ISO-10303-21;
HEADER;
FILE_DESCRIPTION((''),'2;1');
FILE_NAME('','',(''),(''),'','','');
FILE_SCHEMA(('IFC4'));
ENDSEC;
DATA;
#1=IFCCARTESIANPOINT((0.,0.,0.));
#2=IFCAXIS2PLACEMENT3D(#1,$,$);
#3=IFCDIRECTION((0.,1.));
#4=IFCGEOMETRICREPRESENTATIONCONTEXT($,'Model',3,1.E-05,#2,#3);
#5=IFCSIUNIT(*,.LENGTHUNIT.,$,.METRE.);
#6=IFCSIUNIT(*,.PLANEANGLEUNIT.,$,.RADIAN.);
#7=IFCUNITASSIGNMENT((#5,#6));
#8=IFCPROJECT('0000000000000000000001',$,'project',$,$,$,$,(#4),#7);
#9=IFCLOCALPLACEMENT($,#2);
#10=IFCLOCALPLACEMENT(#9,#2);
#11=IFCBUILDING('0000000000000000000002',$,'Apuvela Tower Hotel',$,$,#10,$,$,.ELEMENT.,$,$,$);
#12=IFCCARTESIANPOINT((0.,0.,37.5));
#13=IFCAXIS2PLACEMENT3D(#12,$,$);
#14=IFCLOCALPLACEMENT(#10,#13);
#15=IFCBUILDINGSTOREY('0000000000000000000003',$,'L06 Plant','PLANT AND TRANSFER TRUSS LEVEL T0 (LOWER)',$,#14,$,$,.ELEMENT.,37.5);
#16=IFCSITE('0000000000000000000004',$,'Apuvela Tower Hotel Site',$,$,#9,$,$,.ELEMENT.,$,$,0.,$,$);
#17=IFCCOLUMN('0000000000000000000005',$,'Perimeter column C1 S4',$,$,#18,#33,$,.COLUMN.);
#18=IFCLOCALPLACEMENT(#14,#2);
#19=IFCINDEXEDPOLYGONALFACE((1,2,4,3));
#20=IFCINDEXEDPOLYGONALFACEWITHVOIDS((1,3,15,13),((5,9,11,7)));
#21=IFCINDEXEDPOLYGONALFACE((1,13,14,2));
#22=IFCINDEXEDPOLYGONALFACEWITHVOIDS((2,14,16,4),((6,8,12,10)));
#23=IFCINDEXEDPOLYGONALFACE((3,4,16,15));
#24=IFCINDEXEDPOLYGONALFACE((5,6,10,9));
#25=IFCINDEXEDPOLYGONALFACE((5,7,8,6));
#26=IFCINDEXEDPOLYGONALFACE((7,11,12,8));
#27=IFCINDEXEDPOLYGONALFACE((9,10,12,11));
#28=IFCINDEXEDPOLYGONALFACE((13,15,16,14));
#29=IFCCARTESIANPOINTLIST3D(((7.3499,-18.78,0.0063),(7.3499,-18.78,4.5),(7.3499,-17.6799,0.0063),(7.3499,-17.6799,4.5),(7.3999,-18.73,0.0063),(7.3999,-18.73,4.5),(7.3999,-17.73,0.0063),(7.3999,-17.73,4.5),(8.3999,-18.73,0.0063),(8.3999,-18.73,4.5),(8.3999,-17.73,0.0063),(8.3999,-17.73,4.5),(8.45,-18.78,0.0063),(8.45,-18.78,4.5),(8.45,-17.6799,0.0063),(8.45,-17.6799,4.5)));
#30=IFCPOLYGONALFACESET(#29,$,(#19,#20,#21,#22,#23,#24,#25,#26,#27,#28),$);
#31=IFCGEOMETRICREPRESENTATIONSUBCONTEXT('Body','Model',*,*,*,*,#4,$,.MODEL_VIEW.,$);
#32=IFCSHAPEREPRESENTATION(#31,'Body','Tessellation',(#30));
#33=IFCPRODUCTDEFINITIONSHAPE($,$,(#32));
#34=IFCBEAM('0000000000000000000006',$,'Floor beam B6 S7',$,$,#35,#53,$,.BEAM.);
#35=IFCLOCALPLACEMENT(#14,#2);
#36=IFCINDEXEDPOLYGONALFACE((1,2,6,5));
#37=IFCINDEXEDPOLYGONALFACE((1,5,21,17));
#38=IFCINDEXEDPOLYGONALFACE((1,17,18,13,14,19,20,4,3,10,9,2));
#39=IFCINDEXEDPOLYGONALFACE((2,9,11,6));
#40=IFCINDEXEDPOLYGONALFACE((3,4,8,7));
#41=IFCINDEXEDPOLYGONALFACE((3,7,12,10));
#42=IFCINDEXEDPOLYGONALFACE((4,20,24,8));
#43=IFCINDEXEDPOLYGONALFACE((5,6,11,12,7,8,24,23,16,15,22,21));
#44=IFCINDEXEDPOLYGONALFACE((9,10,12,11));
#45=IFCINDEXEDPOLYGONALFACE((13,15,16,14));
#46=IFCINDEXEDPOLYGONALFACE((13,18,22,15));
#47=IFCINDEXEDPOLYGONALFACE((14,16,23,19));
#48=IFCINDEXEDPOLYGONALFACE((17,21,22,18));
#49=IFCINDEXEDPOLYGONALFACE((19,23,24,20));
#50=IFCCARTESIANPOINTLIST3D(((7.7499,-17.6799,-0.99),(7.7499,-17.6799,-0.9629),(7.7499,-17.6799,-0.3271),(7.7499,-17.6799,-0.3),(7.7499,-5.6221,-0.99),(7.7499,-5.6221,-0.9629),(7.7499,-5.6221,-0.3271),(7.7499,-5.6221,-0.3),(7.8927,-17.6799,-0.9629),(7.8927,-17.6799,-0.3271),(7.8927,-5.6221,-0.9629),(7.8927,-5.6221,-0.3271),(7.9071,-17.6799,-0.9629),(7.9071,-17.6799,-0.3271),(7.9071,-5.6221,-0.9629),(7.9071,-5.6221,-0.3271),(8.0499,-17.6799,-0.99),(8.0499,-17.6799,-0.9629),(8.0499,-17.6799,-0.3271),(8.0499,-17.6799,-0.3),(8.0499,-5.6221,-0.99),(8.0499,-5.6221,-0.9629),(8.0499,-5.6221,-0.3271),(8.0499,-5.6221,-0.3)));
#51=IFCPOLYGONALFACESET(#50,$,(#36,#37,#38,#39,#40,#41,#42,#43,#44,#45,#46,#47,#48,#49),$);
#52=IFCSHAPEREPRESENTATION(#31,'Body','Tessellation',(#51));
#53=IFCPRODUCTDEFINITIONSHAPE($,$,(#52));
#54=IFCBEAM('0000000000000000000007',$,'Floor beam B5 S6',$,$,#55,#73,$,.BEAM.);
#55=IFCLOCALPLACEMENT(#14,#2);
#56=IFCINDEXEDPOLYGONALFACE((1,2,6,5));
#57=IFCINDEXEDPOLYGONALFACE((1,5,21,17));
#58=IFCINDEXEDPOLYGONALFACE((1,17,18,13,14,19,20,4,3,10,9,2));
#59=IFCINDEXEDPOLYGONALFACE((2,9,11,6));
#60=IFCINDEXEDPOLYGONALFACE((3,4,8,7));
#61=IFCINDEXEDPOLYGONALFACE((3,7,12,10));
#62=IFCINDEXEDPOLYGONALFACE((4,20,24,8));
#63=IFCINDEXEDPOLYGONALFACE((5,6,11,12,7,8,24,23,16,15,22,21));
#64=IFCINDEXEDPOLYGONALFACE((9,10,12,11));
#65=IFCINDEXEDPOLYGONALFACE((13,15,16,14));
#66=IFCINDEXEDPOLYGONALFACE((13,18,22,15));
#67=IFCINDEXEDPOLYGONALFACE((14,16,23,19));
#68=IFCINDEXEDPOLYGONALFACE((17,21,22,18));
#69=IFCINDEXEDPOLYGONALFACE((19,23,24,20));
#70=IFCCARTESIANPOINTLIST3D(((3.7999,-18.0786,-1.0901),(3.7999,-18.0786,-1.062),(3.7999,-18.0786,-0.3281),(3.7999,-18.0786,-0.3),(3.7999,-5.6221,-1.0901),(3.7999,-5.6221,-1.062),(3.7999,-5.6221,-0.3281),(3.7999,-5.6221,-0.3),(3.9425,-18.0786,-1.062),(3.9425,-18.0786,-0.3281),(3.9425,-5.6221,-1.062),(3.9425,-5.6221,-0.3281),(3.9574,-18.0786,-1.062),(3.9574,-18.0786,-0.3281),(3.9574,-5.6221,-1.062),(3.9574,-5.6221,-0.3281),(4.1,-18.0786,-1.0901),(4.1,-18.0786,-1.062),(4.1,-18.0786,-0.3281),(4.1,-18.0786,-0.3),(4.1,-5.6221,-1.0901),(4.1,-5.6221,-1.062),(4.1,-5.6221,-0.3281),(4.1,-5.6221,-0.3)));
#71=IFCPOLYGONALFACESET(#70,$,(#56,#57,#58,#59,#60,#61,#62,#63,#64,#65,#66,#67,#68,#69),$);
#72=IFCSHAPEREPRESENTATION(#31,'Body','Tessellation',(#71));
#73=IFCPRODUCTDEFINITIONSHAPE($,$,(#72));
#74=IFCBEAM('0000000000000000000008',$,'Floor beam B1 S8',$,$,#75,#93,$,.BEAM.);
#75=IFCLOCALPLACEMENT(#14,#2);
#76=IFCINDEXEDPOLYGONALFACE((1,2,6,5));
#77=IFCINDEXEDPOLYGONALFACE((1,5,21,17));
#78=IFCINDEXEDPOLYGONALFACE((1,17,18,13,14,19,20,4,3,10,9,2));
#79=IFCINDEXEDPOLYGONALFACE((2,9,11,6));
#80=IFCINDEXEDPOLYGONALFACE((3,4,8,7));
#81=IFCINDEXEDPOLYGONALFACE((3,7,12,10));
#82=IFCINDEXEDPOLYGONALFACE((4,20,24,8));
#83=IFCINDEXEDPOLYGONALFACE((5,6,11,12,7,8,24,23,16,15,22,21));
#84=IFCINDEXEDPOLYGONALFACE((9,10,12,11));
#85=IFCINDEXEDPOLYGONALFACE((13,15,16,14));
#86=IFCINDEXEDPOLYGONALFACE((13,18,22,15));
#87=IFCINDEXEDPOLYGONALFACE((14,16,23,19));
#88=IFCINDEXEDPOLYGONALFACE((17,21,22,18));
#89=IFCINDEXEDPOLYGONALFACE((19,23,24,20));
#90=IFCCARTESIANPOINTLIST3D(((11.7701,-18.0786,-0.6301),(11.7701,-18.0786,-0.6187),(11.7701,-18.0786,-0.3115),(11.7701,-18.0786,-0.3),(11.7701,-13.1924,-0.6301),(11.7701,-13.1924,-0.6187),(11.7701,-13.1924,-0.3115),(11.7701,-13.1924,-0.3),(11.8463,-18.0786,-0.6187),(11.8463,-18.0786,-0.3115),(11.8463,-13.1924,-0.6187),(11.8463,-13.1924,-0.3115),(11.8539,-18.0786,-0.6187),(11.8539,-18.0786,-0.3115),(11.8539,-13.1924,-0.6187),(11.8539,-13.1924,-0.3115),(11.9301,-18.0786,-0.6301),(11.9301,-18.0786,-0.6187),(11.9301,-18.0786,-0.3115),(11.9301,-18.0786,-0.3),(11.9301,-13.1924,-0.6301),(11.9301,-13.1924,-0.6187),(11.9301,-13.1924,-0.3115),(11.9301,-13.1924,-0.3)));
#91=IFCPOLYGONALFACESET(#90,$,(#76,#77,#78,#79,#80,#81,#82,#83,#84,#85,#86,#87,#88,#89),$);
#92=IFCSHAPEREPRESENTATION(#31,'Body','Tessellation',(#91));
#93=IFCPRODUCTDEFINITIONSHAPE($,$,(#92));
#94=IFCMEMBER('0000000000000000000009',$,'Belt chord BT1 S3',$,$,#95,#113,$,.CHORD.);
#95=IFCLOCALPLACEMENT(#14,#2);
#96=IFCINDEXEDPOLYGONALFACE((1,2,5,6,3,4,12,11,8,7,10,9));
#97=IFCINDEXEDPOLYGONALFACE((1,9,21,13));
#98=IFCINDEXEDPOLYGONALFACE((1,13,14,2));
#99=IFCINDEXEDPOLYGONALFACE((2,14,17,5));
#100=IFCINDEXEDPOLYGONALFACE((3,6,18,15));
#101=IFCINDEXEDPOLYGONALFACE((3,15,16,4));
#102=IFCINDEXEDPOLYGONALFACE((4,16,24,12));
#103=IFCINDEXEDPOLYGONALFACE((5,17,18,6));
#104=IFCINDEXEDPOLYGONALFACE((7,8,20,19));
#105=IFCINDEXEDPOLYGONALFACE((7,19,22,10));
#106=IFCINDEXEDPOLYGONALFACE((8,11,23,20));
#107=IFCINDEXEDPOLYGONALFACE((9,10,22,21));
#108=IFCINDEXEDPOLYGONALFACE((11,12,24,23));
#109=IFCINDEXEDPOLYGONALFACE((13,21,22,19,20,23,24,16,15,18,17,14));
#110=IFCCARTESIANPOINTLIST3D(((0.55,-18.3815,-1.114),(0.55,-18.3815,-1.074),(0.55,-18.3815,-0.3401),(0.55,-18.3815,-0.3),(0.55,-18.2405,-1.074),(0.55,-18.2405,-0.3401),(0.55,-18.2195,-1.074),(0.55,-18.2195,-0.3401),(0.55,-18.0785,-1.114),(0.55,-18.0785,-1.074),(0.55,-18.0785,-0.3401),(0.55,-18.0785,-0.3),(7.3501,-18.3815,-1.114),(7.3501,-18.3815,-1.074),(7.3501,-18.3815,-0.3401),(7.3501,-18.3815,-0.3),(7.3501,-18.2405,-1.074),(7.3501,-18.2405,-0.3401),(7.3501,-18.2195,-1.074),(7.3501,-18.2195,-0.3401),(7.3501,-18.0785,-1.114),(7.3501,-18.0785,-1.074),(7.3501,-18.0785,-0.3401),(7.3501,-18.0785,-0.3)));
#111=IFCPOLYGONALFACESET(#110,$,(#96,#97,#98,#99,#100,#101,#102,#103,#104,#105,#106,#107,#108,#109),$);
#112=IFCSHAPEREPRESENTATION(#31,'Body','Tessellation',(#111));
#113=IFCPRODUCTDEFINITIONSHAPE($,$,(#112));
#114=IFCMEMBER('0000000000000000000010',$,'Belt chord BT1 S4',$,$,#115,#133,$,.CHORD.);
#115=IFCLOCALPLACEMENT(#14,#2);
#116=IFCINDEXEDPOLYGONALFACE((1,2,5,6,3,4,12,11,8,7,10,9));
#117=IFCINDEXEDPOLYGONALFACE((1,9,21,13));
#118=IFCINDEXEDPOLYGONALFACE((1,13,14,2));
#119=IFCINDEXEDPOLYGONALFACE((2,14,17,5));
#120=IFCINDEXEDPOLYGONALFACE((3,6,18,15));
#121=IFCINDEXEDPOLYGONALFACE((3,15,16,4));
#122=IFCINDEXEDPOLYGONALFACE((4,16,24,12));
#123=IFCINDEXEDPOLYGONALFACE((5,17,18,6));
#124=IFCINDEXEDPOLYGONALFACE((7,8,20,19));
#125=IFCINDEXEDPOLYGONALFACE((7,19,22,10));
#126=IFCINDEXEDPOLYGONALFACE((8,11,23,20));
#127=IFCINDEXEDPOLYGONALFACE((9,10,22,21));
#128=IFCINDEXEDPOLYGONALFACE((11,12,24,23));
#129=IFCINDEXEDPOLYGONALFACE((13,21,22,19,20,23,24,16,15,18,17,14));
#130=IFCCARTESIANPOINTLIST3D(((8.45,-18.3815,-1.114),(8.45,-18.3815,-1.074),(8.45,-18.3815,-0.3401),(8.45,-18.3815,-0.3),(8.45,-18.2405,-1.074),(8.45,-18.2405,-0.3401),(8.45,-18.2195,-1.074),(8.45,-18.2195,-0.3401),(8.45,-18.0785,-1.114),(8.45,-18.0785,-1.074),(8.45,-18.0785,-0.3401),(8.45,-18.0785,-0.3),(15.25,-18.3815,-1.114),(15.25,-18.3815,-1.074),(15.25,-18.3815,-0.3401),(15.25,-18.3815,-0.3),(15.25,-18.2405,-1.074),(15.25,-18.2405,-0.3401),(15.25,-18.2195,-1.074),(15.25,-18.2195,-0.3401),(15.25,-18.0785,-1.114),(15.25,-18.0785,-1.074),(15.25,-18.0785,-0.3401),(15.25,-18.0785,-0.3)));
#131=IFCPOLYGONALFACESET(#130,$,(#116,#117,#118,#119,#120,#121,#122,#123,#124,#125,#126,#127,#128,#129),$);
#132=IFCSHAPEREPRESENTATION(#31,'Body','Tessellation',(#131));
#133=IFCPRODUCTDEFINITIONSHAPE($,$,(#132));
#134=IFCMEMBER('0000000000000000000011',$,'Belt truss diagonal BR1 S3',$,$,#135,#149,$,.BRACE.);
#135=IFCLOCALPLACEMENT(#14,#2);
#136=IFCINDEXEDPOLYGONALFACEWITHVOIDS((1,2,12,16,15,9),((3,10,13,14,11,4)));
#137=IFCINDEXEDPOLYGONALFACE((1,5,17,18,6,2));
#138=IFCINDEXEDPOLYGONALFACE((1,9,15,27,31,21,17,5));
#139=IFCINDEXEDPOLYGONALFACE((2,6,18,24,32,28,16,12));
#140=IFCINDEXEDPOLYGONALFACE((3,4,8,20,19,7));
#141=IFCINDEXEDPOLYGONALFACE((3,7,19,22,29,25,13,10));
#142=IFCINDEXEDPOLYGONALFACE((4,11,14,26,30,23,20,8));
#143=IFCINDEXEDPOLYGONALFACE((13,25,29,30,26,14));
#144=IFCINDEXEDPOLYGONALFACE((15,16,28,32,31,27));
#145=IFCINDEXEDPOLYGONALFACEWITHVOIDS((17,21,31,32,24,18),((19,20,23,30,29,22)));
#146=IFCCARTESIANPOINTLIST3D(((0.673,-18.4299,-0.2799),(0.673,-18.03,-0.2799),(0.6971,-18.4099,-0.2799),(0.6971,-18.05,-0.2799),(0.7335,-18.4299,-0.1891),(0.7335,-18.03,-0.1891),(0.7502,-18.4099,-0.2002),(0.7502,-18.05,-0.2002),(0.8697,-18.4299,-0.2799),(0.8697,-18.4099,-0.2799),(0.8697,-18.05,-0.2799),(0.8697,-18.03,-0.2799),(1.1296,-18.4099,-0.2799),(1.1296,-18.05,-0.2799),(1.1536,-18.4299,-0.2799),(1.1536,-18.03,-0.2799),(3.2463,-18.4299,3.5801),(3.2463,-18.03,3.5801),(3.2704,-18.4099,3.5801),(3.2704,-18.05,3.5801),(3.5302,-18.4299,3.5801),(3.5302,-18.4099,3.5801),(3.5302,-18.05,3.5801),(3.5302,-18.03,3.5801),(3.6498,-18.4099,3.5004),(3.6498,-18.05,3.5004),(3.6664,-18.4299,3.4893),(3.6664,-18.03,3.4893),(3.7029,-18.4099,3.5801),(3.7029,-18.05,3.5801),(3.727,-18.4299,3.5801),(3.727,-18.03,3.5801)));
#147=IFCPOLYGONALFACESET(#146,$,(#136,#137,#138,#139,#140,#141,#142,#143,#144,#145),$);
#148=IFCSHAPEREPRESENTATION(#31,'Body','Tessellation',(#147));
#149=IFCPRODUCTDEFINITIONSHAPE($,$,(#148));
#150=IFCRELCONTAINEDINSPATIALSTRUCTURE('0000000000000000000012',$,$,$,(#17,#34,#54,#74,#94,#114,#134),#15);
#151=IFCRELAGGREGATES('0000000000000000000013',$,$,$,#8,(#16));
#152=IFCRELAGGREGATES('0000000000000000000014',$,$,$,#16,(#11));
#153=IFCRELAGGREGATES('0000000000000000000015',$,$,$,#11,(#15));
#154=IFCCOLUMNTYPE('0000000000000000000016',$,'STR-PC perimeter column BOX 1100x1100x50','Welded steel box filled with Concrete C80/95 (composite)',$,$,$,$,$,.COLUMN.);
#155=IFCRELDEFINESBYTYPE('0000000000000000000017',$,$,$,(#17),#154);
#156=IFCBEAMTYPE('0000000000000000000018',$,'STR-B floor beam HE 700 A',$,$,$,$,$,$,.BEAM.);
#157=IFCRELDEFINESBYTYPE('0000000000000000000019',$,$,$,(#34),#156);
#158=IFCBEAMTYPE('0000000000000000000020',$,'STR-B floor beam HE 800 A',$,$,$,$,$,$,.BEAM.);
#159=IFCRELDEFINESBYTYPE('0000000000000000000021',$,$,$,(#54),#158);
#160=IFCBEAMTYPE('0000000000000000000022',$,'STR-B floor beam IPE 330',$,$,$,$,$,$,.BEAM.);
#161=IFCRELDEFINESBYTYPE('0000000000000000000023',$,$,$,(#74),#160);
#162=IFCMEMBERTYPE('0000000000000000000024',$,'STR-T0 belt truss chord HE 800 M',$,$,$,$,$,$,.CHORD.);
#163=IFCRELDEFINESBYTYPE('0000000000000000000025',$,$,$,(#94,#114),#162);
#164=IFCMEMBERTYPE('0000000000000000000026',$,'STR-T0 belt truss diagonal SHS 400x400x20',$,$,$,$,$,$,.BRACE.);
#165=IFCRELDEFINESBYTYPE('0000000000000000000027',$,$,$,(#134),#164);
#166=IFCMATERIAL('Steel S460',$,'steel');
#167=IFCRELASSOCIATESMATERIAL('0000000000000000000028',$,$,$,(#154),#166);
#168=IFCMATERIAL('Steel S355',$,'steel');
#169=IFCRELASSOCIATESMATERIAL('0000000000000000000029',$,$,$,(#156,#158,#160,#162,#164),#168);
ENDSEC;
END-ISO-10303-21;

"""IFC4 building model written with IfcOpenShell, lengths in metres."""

from ifc_helpers import new_model, si_unit, direction, frame, origin, origin_2d, place, context, subcontext, project, spatial, rectangle, hollow_rectangle, i_section, extrude, boolean, halfspace, material, material_profile, profile_set, type_object, element, save


model = new_model("IFC4")

# Units and contexts
model_context = context("Model", 3, precision=1e-05, world=origin(), true_north=direction((0.0, 1.0)))
body_context = subcontext(model_context, "Body", "Model", "MODEL_VIEW")
ifc_project = project(units=[si_unit("LENGTHUNIT", "METRE"), si_unit("PLANEANGLEUNIT", "RADIAN")], contexts=[model_context])

# Site, building, storey
site_placement = place(None, origin())
site = spatial("IfcSite", under=ifc_project, at=site_placement, Name="Apuvela Tower Hotel Site", CompositionType="ELEMENT", RefElevation=0.0)
building_placement = place(site_placement, origin())
building = spatial("IfcBuilding", under=site, at=building_placement, Name="Apuvela Tower Hotel", CompositionType="ELEMENT")
storey_placement = place(building_placement, frame((0.0, 0.0, 37.5)))
storey = spatial("IfcBuildingStorey", under=building, at=storey_placement, Name="L06 Plant", Description="PLANT AND TRANSFER TRUSS LEVEL T0 (LOWER)", CompositionType="ELEMENT", Elevation=37.5)

# Column
ifc_material_1 = material(Name="Steel S460", Category="steel")
ifc_material_profile_1 = material_profile(ifc_material_1, hollow_rectangle(XDim=1.1001, YDim=1.1001, WallThickness=0.05, at=origin_2d()), Name="BOX 1100x1100x50")
ifc_material_2 = material(Name="Concrete C80/95", Category="concrete")
ifc_material_profile_2 = material_profile(ifc_material_2, rectangle(XDim=1.0, YDim=1.0, at=origin_2d()), Name="Concrete C80/95 infill")
ifc_profile_set_1 = profile_set([ifc_material_profile_1, ifc_material_profile_2], Name="Steel S460")
column_type = type_object("IfcColumnType", Name="STR-PC perimeter column BOX 1100x1100x50", Description="Welded steel box filled with Concrete C80/95 (composite)", PredefinedType="COLUMN", material=ifc_profile_set_1)
column_placement = place(storey_placement, frame((7.8999, -18.23, 0.0), z_axis=(0.0, 0.0, 1.0), x_axis=(-1.0, 0.0, 0.0)))
element("IfcColumn", 1, at=column_placement, inside=storey, type_object=column_type, Name="Perimeter column C1 S4", PredefinedType="COLUMN", context=body_context, shape_type="SweptSolid", body=[
    boolean("DIFFERENCE", extrude(hollow_rectangle(XDim=1.1001, YDim=1.1001, WallThickness=0.05, at=origin_2d()), origin(), (0.0, 0.0, 1.0), 4.5), halfspace(frame((0.0, 0.0, 0.0063), z_axis=(0.0, 0.0, 1.0), x_axis=(1.0, 0.0, 0.0)), True)),
])

# Beams
ifc_material_3 = material(Name="Steel S355", Category="steel")
ifc_material_profile_3 = material_profile(ifc_material_3, i_section(OverallWidth=0.3, OverallDepth=0.6899, WebThickness=0.0144, FlangeThickness=0.0271, at=origin_2d()), Name="HE 700 A")
ifc_profile_set_2 = profile_set([ifc_material_profile_3], Name="Steel S355")
beam_type_1 = type_object("IfcBeamType", Name="STR-B floor beam HE 700 A", PredefinedType="BEAM", material=ifc_profile_set_2)
beam_1_placement = place(storey_placement, frame((7.8999, -17.6799, -0.645), z_axis=(0.0, 1.0, 0.0), x_axis=(-1.0, 0.0, 0.0)))
element("IfcBeam", 2, at=beam_1_placement, inside=storey, type_object=beam_type_1, Name="Floor beam B6 S7", PredefinedType="BEAM", context=body_context, shape_type="SweptSolid", body=[
    extrude(i_section(OverallWidth=0.3, OverallDepth=0.6899, WebThickness=0.0144, FlangeThickness=0.0271, at=origin_2d()), origin(), (0.0, 0.0, 1.0), 12.0579),
])
ifc_material_profile_4 = material_profile(ifc_material_3, i_section(OverallWidth=0.3, OverallDepth=0.79, WebThickness=0.0149, FlangeThickness=0.0281, at=origin_2d()), Name="HE 800 A")
ifc_profile_set_3 = profile_set([ifc_material_profile_4], Name="Steel S355")
beam_type_2 = type_object("IfcBeamType", Name="STR-B floor beam HE 800 A", PredefinedType="BEAM", material=ifc_profile_set_3)
beam_2_placement = place(storey_placement, frame((3.95, -18.0786, -0.6951), z_axis=(0.0, 1.0, 0.0), x_axis=(-1.0, 0.0, 0.0)))
element("IfcBeam", 3, at=beam_2_placement, inside=storey, type_object=beam_type_2, Name="Floor beam B5 S6", PredefinedType="BEAM", context=body_context, shape_type="SweptSolid", body=[
    extrude(i_section(OverallWidth=0.3, OverallDepth=0.79, WebThickness=0.0149, FlangeThickness=0.0281, at=origin_2d()), origin(), (0.0, 0.0, 1.0), 12.4565),
])
ifc_material_profile_5 = material_profile(ifc_material_3, i_section(OverallWidth=0.1599, OverallDepth=0.3301, WebThickness=0.0076, FlangeThickness=0.0115, at=origin_2d()), Name="IPE 330")
ifc_profile_set_4 = profile_set([ifc_material_profile_5], Name="Steel S355")
beam_type_3 = type_object("IfcBeamType", Name="STR-B floor beam IPE 330", PredefinedType="BEAM", material=ifc_profile_set_4)
beam_3_placement = place(storey_placement, frame((11.8501, -18.0786, -0.4651), z_axis=(0.0, 1.0, 0.0), x_axis=(-1.0, 0.0, 0.0)))
element("IfcBeam", 4, at=beam_3_placement, inside=storey, type_object=beam_type_3, Name="Floor beam B1 S8", PredefinedType="BEAM", context=body_context, shape_type="SweptSolid", body=[
    extrude(i_section(OverallWidth=0.1599, OverallDepth=0.3301, WebThickness=0.0076, FlangeThickness=0.0115, at=origin_2d()), origin(), (0.0, 0.0, 1.0), 4.8862),
])

# Members
ifc_material_profile_6 = material_profile(ifc_material_3, i_section(OverallWidth=0.303, OverallDepth=0.814, WebThickness=0.021, FlangeThickness=0.04, at=origin_2d()), Name="HE 800 M")
ifc_profile_set_5 = profile_set([ifc_material_profile_6], Name="Steel S355")
member_type_1 = type_object("IfcMemberType", Name="STR-T0 belt truss chord HE 800 M", PredefinedType="CHORD", material=ifc_profile_set_5)
for number, where, z_axis, x_axis, name in (
    (5, (0.55, -18.23, -0.707), (1.0, 0.0, 0.0), (0.0, 1.0, 0.0), "Belt chord BT1 S3"),
    (6, (8.45, -18.23, -0.707), (1.0, 0.0, 0.0), (0.0, 1.0, 0.0), "Belt chord BT1 S4"),
):
    element("IfcMember", number, at=place(storey_placement, frame(where, z_axis=z_axis, x_axis=x_axis)), inside=storey, type_object=member_type_1, Name=name, PredefinedType="CHORD", context=body_context, shape_type="SweptSolid", body=[
        extrude(i_section(OverallWidth=0.303, OverallDepth=0.814, WebThickness=0.021, FlangeThickness=0.04, at=origin_2d()), origin(), (0.0, 0.0, 1.0), 6.8),
    ])
ifc_material_profile_7 = material_profile(ifc_material_3, hollow_rectangle(XDim=0.3999, YDim=0.3999, WallThickness=0.02, at=origin_2d()), Name="SHS 400x400x20")
ifc_profile_set_6 = profile_set([ifc_material_profile_7], Name="Steel S355")
member_type_2 = type_object("IfcMemberType", Name="STR-T0 belt truss diagonal SHS 400x400x20", PredefinedType="BRACE", material=ifc_profile_set_6)
member_1_placement = place(storey_placement, frame((0.8999, -18.23, -0.3), z_axis=(0.5547, 0.0, 0.83205), x_axis=(-0.83205, 0.0, 0.5547)))
solid_1 = boolean("DIFFERENCE", boolean("DIFFERENCE", extrude(hollow_rectangle(XDim=0.3999, YDim=0.3999, WallThickness=0.02, at=origin_2d()), frame((0.0, 0.0, -0.2534)), (0.0, 0.0, 1.0), 5.1941), halfspace(frame((0.0, 0.0, 0.0242), z_axis=(0.5547, 0.0, 0.83205), x_axis=(0.83205, 0.0, -0.5547)), True)), halfspace(frame((0.0, 0.0, 4.6633), z_axis=(0.5547, 0.0, 0.83205), x_axis=(0.83205, 0.0, -0.5547)), False))
element("IfcMember", 7, at=member_1_placement, inside=storey, type_object=member_type_2, Name="Belt truss diagonal BR1 S3", PredefinedType="BRACE", context=body_context, shape_type="SweptSolid", body=[
    boolean("UNION", boolean("DIFFERENCE", boolean("DIFFERENCE", extrude(hollow_rectangle(XDim=0.3999, YDim=0.3999, WallThickness=0.02, at=origin_2d()), origin(), (0.0, 0.0, 1.0), 4.6875), halfspace(frame((0.0, 0.0, 0.0242), z_axis=(0.5547, 0.0, 0.83205), x_axis=(0.83205, 0.0, -0.5547)), True)), halfspace(frame((0.0, 0.0, 4.6633), z_axis=(0.5547, 0.0, 0.83205), x_axis=(0.83205, 0.0, -0.5547)), False)), solid_1),
])

save(model, "model.ifc")
